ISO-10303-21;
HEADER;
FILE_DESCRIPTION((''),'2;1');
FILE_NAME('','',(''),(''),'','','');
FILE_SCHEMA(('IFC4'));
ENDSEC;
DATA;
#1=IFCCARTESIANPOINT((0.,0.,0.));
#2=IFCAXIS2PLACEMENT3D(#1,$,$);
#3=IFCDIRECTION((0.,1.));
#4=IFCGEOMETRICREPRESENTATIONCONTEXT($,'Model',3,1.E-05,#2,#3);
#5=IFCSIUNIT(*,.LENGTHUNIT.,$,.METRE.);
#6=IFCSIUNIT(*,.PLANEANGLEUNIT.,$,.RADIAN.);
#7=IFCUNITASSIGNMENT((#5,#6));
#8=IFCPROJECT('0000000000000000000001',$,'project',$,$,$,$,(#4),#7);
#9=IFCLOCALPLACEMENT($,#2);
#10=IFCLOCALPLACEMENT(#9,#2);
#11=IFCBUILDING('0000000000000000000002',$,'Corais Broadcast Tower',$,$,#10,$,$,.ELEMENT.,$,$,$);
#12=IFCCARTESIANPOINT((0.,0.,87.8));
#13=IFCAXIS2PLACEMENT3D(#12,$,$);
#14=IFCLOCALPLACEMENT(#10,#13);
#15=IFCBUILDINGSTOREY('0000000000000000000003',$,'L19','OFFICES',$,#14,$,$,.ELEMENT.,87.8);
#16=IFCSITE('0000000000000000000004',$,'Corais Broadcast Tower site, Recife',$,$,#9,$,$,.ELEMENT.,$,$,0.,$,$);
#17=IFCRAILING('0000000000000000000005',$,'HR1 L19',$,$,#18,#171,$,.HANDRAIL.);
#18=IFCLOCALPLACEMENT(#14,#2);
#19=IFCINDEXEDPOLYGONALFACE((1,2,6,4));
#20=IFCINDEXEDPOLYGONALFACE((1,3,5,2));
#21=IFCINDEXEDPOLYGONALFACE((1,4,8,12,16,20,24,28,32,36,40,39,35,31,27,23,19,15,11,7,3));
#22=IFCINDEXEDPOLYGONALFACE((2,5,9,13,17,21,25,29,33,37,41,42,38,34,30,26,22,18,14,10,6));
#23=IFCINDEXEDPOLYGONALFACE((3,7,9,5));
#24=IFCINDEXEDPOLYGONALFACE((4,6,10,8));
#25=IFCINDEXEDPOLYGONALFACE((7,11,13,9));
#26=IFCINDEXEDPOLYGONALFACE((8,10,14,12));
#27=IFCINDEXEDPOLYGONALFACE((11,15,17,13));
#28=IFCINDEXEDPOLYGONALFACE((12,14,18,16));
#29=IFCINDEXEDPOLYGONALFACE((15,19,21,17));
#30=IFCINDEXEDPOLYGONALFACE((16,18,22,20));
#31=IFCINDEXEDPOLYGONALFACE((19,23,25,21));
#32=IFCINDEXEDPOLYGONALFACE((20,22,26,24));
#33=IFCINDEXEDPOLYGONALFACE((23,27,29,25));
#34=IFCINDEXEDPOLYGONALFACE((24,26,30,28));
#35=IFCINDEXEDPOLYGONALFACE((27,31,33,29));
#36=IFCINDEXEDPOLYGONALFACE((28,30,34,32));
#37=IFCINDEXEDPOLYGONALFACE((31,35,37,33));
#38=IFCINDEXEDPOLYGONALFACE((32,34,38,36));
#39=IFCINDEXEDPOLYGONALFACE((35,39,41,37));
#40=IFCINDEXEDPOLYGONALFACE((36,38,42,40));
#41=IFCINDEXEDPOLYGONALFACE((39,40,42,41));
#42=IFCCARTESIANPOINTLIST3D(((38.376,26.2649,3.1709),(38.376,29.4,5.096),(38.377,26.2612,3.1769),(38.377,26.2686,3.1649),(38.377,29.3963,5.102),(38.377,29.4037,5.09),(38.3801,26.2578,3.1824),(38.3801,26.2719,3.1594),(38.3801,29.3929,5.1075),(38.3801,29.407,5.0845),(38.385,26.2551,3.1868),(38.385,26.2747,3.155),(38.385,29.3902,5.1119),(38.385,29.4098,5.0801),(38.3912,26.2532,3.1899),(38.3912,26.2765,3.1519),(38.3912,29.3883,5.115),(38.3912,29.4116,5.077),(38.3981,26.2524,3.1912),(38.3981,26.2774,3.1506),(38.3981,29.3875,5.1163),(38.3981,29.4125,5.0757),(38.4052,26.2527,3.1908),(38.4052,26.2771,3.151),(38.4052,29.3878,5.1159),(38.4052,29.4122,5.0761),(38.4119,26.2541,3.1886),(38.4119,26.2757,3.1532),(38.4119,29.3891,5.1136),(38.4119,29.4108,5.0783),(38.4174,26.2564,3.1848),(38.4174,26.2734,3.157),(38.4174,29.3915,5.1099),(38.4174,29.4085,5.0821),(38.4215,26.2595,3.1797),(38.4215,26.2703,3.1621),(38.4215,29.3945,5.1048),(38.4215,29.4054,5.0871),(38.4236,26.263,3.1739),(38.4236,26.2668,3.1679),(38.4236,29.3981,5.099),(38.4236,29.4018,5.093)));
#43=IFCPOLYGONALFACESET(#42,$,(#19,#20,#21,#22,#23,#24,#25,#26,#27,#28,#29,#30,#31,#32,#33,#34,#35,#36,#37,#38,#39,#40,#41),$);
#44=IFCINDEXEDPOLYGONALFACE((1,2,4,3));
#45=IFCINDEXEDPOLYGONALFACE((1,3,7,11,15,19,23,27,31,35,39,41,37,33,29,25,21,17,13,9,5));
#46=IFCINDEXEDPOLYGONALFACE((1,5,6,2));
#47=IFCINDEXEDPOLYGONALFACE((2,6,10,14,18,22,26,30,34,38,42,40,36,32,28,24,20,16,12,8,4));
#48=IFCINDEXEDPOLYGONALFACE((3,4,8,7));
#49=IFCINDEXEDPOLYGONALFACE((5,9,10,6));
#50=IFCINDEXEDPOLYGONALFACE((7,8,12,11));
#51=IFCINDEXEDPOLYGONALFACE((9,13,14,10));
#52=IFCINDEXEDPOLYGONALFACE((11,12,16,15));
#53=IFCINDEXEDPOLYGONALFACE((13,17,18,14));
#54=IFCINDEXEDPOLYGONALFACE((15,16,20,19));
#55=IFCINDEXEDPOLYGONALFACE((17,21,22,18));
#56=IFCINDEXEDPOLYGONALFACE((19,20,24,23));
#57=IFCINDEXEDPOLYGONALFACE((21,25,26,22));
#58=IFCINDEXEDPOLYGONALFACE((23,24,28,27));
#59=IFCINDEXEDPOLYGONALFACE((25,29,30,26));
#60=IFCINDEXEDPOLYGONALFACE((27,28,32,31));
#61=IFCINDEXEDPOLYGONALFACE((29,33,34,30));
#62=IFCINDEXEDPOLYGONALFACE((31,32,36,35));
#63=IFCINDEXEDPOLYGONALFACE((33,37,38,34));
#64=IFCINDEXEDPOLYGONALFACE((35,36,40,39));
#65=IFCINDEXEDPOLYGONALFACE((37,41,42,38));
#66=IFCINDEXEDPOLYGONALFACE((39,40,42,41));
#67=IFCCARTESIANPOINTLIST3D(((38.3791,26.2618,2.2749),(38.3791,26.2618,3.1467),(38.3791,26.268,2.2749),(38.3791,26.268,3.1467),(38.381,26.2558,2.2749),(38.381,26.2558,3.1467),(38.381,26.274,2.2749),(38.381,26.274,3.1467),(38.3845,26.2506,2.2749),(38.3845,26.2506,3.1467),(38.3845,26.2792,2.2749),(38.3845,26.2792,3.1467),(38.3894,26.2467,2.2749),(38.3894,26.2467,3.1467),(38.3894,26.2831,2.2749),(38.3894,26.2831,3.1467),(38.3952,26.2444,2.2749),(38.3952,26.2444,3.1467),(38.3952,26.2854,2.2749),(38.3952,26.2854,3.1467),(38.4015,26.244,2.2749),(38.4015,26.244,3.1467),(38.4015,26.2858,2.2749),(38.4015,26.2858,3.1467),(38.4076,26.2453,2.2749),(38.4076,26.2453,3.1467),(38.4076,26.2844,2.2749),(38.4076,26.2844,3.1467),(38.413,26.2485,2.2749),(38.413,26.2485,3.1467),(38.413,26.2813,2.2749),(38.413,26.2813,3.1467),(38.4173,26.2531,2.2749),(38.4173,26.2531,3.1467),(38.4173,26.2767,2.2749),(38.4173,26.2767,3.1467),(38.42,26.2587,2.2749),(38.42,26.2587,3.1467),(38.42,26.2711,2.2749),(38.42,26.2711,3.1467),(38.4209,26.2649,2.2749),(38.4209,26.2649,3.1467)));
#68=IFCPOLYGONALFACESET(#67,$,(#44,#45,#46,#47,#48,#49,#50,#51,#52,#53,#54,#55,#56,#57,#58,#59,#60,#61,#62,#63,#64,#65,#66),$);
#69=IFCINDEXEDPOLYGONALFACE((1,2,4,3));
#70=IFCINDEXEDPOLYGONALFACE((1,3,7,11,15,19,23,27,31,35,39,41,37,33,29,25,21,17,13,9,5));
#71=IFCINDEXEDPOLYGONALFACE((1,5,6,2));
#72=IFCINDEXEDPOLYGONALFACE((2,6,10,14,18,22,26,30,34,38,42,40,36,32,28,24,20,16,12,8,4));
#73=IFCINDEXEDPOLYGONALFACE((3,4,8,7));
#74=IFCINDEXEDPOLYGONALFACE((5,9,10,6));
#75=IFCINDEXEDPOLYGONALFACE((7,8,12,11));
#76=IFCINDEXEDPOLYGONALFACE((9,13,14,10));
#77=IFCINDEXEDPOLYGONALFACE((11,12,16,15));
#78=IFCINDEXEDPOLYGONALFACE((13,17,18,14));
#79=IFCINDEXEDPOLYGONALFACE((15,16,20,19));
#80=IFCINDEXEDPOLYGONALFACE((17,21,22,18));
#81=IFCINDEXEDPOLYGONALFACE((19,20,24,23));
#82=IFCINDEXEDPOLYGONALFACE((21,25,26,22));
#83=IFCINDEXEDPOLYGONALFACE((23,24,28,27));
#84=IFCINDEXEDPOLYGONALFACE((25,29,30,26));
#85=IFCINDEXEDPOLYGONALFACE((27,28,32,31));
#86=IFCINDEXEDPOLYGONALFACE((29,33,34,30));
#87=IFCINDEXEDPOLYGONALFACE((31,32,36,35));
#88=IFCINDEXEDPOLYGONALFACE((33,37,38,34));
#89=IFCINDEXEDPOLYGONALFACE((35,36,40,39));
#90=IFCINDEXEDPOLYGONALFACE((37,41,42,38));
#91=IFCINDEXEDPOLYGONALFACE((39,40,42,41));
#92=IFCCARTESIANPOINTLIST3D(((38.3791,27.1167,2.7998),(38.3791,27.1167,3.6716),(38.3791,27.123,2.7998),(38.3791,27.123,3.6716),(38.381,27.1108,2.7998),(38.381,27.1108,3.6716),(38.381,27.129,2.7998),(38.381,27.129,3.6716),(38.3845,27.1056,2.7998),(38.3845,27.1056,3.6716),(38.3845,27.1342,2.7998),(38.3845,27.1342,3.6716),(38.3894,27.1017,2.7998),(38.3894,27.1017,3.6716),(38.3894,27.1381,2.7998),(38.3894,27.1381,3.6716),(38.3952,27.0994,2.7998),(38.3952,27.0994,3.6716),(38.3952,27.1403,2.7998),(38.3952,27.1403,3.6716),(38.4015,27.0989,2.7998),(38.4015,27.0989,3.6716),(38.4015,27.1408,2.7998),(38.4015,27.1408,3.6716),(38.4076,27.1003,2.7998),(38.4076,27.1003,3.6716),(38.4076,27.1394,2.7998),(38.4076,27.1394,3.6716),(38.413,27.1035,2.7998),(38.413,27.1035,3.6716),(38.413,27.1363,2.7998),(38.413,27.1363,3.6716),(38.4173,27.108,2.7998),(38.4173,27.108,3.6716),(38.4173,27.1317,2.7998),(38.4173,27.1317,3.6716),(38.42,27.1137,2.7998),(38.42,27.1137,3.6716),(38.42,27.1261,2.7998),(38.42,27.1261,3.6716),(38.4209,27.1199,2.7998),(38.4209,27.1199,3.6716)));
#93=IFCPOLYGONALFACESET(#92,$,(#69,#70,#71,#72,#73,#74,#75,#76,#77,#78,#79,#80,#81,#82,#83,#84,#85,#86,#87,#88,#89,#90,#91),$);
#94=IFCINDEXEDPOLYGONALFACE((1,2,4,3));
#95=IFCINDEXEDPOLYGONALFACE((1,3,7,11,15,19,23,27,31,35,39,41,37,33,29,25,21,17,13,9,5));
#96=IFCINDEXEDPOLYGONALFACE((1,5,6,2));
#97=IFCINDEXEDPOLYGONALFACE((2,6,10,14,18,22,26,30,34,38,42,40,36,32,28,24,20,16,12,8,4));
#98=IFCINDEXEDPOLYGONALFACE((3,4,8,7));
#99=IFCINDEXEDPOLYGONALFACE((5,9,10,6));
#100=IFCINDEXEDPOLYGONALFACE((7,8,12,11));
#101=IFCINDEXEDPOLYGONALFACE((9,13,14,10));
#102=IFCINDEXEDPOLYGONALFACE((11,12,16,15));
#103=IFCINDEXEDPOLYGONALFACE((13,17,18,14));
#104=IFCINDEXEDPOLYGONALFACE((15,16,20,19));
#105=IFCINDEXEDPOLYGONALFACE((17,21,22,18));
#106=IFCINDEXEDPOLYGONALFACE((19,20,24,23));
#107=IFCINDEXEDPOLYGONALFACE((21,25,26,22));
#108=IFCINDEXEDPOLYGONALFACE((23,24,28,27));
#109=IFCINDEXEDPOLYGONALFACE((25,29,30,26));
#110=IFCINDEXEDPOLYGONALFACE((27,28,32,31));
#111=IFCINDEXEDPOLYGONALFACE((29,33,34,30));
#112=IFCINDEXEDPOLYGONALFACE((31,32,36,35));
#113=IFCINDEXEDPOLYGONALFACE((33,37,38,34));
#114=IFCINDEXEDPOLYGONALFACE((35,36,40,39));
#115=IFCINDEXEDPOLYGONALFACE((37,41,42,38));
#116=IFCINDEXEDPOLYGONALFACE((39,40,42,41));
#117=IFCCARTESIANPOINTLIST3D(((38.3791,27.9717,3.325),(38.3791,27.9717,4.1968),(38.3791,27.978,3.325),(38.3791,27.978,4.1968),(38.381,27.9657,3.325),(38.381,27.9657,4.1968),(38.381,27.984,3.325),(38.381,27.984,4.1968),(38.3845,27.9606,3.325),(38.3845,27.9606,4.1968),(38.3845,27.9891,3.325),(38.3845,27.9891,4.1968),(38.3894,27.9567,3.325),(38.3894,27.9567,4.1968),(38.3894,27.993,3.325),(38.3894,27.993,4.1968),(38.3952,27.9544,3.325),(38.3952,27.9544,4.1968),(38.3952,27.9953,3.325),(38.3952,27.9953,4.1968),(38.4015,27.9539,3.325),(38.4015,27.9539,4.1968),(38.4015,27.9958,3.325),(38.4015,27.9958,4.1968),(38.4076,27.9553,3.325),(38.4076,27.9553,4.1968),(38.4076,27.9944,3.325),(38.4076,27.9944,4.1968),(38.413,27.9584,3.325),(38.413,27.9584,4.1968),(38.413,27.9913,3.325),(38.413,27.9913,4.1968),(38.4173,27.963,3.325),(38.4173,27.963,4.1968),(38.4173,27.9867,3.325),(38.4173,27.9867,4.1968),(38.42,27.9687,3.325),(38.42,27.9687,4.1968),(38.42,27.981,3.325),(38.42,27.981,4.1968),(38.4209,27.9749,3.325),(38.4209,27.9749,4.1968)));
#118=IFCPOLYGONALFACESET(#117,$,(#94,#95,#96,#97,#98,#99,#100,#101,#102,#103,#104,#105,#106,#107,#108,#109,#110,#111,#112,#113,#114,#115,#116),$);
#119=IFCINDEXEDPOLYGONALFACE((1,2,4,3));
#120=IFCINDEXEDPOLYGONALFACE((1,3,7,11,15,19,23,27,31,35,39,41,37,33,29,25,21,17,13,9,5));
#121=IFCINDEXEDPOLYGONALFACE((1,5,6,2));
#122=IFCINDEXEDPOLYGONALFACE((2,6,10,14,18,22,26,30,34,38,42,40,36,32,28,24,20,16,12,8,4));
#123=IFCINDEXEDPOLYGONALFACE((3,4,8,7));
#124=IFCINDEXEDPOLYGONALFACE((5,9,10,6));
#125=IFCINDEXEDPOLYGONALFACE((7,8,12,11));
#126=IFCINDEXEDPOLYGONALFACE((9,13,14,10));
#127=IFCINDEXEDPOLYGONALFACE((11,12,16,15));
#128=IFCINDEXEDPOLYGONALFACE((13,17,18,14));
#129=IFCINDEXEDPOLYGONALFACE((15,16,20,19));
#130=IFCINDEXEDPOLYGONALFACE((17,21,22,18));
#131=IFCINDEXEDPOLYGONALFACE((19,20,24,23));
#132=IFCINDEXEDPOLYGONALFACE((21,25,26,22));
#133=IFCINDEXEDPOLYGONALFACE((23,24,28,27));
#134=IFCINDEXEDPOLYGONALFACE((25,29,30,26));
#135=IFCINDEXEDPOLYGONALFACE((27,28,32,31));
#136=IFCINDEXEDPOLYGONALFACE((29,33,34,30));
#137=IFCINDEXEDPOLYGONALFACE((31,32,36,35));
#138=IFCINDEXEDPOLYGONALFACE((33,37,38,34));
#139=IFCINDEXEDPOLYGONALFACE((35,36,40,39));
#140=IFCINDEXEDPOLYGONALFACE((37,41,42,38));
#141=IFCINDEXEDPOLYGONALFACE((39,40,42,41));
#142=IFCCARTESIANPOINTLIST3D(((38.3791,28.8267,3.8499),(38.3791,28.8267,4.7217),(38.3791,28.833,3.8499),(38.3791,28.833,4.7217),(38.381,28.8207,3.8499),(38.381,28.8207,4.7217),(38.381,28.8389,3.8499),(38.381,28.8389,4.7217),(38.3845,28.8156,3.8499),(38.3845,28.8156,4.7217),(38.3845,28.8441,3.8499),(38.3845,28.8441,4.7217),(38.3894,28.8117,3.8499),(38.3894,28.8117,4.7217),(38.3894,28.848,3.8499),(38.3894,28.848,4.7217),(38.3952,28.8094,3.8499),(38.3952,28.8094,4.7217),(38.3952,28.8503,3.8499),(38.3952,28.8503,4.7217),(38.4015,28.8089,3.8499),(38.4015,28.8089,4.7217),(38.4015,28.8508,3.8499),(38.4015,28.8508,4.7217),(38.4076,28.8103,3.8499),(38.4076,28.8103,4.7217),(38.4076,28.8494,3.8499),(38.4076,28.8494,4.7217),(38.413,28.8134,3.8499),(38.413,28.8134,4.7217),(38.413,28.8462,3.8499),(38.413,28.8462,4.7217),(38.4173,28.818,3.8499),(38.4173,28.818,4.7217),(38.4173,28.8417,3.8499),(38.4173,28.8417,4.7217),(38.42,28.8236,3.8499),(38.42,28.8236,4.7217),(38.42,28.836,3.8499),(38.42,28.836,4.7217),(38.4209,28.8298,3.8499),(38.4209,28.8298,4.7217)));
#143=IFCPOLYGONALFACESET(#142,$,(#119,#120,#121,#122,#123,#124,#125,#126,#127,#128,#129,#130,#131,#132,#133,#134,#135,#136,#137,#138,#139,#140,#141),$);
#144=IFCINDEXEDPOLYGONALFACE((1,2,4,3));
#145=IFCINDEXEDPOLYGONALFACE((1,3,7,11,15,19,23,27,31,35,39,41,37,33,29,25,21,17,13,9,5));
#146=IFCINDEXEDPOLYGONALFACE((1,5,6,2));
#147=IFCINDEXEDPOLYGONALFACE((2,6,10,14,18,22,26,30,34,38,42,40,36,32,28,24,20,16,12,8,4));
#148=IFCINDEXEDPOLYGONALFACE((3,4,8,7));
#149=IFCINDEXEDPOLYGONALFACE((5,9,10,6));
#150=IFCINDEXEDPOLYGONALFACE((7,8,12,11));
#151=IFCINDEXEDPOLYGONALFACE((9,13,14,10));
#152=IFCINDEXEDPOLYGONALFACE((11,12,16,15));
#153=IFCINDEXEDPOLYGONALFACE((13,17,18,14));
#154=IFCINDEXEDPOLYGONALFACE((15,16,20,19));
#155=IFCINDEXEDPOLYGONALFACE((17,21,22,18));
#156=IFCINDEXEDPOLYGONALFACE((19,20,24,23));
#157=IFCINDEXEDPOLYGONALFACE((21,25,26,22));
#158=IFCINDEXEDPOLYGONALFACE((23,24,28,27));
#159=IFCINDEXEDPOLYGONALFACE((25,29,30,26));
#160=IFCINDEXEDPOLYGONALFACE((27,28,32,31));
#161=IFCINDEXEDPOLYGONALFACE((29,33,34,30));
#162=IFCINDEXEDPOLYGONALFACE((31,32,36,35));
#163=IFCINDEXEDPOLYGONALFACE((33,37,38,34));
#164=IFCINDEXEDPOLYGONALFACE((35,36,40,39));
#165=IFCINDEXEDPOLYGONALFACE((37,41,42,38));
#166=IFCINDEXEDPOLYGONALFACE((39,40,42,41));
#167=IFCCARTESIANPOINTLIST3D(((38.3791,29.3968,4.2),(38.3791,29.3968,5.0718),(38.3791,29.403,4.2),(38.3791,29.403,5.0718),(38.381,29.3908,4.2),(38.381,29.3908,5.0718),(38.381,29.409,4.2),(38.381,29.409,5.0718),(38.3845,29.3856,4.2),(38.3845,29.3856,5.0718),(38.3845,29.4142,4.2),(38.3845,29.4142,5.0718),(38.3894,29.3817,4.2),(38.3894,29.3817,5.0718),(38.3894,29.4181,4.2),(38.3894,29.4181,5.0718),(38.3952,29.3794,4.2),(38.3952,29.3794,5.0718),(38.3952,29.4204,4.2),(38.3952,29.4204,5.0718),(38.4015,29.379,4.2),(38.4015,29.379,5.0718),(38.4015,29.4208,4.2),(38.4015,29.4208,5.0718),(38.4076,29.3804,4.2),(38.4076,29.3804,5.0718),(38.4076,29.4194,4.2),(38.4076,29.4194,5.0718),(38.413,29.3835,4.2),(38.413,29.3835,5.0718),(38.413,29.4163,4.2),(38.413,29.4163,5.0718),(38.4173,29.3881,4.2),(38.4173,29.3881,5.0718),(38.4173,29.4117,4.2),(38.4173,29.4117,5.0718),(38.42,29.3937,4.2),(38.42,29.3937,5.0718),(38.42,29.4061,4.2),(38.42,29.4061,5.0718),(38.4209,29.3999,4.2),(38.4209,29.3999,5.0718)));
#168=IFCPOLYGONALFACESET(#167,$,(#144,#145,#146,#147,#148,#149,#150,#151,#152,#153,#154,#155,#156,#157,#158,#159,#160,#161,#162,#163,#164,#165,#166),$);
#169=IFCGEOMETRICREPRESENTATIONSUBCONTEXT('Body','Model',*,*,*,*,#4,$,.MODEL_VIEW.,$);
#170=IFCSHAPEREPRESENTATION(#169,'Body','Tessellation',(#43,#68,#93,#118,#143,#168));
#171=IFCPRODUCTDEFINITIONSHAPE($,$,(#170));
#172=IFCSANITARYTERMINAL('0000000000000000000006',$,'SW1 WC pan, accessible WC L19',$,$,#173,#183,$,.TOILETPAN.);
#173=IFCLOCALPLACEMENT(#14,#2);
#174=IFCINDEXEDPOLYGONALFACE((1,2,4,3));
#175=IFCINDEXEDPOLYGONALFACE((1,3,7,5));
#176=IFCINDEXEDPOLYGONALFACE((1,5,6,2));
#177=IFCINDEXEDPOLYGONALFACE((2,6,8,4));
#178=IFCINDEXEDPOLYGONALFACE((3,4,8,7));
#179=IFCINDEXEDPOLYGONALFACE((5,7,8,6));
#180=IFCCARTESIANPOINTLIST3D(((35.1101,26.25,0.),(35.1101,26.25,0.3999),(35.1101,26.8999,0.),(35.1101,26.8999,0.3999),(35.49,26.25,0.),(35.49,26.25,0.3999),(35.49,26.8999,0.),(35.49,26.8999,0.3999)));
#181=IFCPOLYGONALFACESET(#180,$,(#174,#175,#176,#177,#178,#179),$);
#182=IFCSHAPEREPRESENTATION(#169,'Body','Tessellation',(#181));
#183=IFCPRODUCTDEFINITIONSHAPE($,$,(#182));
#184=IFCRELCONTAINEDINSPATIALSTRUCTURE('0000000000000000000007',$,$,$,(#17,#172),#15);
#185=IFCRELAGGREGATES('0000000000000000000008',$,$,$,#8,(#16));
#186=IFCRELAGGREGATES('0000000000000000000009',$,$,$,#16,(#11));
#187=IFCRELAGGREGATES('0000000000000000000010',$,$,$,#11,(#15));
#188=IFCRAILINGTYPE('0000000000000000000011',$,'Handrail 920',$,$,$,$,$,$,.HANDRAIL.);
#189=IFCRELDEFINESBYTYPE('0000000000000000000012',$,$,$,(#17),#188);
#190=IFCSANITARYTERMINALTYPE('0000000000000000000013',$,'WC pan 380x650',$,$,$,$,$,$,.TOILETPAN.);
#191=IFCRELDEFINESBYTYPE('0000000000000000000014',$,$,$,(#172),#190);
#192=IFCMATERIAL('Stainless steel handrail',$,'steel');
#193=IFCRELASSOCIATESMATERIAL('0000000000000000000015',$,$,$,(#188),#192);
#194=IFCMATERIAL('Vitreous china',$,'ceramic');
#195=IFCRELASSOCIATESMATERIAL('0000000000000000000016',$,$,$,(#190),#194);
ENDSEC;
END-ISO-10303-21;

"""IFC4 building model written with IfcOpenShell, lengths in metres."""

from ifc_helpers import new_model, si_unit, direction, frame, origin, origin_2d, place, context, subcontext, project, spatial, rectangle, circle, extrude, material, type_object, element, save


model = new_model("IFC4")

# Units and contexts
model_context = context("Model", 3, precision=1e-05, world=origin(), true_north=direction((0.0, 1.0)))
body_context = subcontext(model_context, "Body", "Model", "MODEL_VIEW")
ifc_project = project(units=[si_unit("LENGTHUNIT", "METRE"), si_unit("PLANEANGLEUNIT", "RADIAN")], contexts=[model_context])

# Site, building, storey
site_placement = place(None, origin())
site = spatial("IfcSite", under=ifc_project, at=site_placement, Name="Corais Broadcast Tower site, Recife", CompositionType="ELEMENT", RefElevation=0.0)
building_placement = place(site_placement, origin())
building = spatial("IfcBuilding", under=site, at=building_placement, Name="Corais Broadcast Tower", CompositionType="ELEMENT")
storey_placement = place(building_placement, frame((0.0, 0.0, 87.8)))
storey = spatial("IfcBuildingStorey", under=building, at=storey_placement, Name="L19", Description="OFFICES", CompositionType="ELEMENT", Elevation=87.8)

# Railing
ifc_material_1 = material(Name="Stainless steel handrail", Category="steel")
railing_type = type_object("IfcRailingType", Name="Handrail 920", PredefinedType="HANDRAIL", material=ifc_material_1)
for number, where, name in (
    (1, (38.3999, 26.2649, 2.2749), "HR1 L19"),
):
    element("IfcRailing", number, at=place(storey_placement, frame(where)), inside=storey, type_object=railing_type, Name=name, PredefinedType="HANDRAIL", context=body_context, shape_type="SweptSolid", body=[
        extrude(circle(Radius=0.0239, at=origin_2d()), frame((0.0, 0.0, 0.896), z_axis=(0.0, 0.852166, 0.523271), x_axis=(-1.0, 0.0, 0.0)), (0.0, 0.0, 1.0), 3.679),
        extrude(circle(Radius=0.021, at=origin_2d()), origin(), (0.0, 0.0, 1.0), 0.8718),
        extrude(circle(Radius=0.021, at=origin_2d()), frame((0.0, 0.855, 0.5249)), (0.0, 0.0, 1.0), 0.8718),
        extrude(circle(Radius=0.021, at=origin_2d()), frame((0.0, 1.71, 1.05)), (0.0, 0.0, 1.0), 0.8718),
        extrude(circle(Radius=0.021, at=origin_2d()), frame((0.0, 2.5649, 1.575)), (0.0, 0.0, 1.0), 0.8718),
        extrude(circle(Radius=0.021, at=origin_2d()), frame((0.0, 3.135, 1.925)), (0.0, 0.0, 1.0), 0.8718),
    ])

# Sanitary terminal
ifc_material_2 = material(Name="Vitreous china", Category="ceramic")
sanitary_terminal_type = type_object("IfcSanitaryTerminalType", Name="WC pan 380x650", PredefinedType="TOILETPAN", material=ifc_material_2)
sanitary_terminal_placement = place(storey_placement, frame((35.3, 26.575, 0.0), z_axis=(0.0, 0.0, 1.0), x_axis=(1.0, 0.0, 0.0)))
element("IfcSanitaryTerminal", 2, at=sanitary_terminal_placement, inside=storey, type_object=sanitary_terminal_type, Name="SW1 WC pan, accessible WC L19", PredefinedType="TOILETPAN", context=body_context, shape_type="SweptSolid", body=[
    extrude(rectangle(XDim=0.3799, YDim=0.6499, at=origin_2d()), origin(), (0.0, 0.0, 1.0), 0.3999),
])

save(model, "model.ifc")
